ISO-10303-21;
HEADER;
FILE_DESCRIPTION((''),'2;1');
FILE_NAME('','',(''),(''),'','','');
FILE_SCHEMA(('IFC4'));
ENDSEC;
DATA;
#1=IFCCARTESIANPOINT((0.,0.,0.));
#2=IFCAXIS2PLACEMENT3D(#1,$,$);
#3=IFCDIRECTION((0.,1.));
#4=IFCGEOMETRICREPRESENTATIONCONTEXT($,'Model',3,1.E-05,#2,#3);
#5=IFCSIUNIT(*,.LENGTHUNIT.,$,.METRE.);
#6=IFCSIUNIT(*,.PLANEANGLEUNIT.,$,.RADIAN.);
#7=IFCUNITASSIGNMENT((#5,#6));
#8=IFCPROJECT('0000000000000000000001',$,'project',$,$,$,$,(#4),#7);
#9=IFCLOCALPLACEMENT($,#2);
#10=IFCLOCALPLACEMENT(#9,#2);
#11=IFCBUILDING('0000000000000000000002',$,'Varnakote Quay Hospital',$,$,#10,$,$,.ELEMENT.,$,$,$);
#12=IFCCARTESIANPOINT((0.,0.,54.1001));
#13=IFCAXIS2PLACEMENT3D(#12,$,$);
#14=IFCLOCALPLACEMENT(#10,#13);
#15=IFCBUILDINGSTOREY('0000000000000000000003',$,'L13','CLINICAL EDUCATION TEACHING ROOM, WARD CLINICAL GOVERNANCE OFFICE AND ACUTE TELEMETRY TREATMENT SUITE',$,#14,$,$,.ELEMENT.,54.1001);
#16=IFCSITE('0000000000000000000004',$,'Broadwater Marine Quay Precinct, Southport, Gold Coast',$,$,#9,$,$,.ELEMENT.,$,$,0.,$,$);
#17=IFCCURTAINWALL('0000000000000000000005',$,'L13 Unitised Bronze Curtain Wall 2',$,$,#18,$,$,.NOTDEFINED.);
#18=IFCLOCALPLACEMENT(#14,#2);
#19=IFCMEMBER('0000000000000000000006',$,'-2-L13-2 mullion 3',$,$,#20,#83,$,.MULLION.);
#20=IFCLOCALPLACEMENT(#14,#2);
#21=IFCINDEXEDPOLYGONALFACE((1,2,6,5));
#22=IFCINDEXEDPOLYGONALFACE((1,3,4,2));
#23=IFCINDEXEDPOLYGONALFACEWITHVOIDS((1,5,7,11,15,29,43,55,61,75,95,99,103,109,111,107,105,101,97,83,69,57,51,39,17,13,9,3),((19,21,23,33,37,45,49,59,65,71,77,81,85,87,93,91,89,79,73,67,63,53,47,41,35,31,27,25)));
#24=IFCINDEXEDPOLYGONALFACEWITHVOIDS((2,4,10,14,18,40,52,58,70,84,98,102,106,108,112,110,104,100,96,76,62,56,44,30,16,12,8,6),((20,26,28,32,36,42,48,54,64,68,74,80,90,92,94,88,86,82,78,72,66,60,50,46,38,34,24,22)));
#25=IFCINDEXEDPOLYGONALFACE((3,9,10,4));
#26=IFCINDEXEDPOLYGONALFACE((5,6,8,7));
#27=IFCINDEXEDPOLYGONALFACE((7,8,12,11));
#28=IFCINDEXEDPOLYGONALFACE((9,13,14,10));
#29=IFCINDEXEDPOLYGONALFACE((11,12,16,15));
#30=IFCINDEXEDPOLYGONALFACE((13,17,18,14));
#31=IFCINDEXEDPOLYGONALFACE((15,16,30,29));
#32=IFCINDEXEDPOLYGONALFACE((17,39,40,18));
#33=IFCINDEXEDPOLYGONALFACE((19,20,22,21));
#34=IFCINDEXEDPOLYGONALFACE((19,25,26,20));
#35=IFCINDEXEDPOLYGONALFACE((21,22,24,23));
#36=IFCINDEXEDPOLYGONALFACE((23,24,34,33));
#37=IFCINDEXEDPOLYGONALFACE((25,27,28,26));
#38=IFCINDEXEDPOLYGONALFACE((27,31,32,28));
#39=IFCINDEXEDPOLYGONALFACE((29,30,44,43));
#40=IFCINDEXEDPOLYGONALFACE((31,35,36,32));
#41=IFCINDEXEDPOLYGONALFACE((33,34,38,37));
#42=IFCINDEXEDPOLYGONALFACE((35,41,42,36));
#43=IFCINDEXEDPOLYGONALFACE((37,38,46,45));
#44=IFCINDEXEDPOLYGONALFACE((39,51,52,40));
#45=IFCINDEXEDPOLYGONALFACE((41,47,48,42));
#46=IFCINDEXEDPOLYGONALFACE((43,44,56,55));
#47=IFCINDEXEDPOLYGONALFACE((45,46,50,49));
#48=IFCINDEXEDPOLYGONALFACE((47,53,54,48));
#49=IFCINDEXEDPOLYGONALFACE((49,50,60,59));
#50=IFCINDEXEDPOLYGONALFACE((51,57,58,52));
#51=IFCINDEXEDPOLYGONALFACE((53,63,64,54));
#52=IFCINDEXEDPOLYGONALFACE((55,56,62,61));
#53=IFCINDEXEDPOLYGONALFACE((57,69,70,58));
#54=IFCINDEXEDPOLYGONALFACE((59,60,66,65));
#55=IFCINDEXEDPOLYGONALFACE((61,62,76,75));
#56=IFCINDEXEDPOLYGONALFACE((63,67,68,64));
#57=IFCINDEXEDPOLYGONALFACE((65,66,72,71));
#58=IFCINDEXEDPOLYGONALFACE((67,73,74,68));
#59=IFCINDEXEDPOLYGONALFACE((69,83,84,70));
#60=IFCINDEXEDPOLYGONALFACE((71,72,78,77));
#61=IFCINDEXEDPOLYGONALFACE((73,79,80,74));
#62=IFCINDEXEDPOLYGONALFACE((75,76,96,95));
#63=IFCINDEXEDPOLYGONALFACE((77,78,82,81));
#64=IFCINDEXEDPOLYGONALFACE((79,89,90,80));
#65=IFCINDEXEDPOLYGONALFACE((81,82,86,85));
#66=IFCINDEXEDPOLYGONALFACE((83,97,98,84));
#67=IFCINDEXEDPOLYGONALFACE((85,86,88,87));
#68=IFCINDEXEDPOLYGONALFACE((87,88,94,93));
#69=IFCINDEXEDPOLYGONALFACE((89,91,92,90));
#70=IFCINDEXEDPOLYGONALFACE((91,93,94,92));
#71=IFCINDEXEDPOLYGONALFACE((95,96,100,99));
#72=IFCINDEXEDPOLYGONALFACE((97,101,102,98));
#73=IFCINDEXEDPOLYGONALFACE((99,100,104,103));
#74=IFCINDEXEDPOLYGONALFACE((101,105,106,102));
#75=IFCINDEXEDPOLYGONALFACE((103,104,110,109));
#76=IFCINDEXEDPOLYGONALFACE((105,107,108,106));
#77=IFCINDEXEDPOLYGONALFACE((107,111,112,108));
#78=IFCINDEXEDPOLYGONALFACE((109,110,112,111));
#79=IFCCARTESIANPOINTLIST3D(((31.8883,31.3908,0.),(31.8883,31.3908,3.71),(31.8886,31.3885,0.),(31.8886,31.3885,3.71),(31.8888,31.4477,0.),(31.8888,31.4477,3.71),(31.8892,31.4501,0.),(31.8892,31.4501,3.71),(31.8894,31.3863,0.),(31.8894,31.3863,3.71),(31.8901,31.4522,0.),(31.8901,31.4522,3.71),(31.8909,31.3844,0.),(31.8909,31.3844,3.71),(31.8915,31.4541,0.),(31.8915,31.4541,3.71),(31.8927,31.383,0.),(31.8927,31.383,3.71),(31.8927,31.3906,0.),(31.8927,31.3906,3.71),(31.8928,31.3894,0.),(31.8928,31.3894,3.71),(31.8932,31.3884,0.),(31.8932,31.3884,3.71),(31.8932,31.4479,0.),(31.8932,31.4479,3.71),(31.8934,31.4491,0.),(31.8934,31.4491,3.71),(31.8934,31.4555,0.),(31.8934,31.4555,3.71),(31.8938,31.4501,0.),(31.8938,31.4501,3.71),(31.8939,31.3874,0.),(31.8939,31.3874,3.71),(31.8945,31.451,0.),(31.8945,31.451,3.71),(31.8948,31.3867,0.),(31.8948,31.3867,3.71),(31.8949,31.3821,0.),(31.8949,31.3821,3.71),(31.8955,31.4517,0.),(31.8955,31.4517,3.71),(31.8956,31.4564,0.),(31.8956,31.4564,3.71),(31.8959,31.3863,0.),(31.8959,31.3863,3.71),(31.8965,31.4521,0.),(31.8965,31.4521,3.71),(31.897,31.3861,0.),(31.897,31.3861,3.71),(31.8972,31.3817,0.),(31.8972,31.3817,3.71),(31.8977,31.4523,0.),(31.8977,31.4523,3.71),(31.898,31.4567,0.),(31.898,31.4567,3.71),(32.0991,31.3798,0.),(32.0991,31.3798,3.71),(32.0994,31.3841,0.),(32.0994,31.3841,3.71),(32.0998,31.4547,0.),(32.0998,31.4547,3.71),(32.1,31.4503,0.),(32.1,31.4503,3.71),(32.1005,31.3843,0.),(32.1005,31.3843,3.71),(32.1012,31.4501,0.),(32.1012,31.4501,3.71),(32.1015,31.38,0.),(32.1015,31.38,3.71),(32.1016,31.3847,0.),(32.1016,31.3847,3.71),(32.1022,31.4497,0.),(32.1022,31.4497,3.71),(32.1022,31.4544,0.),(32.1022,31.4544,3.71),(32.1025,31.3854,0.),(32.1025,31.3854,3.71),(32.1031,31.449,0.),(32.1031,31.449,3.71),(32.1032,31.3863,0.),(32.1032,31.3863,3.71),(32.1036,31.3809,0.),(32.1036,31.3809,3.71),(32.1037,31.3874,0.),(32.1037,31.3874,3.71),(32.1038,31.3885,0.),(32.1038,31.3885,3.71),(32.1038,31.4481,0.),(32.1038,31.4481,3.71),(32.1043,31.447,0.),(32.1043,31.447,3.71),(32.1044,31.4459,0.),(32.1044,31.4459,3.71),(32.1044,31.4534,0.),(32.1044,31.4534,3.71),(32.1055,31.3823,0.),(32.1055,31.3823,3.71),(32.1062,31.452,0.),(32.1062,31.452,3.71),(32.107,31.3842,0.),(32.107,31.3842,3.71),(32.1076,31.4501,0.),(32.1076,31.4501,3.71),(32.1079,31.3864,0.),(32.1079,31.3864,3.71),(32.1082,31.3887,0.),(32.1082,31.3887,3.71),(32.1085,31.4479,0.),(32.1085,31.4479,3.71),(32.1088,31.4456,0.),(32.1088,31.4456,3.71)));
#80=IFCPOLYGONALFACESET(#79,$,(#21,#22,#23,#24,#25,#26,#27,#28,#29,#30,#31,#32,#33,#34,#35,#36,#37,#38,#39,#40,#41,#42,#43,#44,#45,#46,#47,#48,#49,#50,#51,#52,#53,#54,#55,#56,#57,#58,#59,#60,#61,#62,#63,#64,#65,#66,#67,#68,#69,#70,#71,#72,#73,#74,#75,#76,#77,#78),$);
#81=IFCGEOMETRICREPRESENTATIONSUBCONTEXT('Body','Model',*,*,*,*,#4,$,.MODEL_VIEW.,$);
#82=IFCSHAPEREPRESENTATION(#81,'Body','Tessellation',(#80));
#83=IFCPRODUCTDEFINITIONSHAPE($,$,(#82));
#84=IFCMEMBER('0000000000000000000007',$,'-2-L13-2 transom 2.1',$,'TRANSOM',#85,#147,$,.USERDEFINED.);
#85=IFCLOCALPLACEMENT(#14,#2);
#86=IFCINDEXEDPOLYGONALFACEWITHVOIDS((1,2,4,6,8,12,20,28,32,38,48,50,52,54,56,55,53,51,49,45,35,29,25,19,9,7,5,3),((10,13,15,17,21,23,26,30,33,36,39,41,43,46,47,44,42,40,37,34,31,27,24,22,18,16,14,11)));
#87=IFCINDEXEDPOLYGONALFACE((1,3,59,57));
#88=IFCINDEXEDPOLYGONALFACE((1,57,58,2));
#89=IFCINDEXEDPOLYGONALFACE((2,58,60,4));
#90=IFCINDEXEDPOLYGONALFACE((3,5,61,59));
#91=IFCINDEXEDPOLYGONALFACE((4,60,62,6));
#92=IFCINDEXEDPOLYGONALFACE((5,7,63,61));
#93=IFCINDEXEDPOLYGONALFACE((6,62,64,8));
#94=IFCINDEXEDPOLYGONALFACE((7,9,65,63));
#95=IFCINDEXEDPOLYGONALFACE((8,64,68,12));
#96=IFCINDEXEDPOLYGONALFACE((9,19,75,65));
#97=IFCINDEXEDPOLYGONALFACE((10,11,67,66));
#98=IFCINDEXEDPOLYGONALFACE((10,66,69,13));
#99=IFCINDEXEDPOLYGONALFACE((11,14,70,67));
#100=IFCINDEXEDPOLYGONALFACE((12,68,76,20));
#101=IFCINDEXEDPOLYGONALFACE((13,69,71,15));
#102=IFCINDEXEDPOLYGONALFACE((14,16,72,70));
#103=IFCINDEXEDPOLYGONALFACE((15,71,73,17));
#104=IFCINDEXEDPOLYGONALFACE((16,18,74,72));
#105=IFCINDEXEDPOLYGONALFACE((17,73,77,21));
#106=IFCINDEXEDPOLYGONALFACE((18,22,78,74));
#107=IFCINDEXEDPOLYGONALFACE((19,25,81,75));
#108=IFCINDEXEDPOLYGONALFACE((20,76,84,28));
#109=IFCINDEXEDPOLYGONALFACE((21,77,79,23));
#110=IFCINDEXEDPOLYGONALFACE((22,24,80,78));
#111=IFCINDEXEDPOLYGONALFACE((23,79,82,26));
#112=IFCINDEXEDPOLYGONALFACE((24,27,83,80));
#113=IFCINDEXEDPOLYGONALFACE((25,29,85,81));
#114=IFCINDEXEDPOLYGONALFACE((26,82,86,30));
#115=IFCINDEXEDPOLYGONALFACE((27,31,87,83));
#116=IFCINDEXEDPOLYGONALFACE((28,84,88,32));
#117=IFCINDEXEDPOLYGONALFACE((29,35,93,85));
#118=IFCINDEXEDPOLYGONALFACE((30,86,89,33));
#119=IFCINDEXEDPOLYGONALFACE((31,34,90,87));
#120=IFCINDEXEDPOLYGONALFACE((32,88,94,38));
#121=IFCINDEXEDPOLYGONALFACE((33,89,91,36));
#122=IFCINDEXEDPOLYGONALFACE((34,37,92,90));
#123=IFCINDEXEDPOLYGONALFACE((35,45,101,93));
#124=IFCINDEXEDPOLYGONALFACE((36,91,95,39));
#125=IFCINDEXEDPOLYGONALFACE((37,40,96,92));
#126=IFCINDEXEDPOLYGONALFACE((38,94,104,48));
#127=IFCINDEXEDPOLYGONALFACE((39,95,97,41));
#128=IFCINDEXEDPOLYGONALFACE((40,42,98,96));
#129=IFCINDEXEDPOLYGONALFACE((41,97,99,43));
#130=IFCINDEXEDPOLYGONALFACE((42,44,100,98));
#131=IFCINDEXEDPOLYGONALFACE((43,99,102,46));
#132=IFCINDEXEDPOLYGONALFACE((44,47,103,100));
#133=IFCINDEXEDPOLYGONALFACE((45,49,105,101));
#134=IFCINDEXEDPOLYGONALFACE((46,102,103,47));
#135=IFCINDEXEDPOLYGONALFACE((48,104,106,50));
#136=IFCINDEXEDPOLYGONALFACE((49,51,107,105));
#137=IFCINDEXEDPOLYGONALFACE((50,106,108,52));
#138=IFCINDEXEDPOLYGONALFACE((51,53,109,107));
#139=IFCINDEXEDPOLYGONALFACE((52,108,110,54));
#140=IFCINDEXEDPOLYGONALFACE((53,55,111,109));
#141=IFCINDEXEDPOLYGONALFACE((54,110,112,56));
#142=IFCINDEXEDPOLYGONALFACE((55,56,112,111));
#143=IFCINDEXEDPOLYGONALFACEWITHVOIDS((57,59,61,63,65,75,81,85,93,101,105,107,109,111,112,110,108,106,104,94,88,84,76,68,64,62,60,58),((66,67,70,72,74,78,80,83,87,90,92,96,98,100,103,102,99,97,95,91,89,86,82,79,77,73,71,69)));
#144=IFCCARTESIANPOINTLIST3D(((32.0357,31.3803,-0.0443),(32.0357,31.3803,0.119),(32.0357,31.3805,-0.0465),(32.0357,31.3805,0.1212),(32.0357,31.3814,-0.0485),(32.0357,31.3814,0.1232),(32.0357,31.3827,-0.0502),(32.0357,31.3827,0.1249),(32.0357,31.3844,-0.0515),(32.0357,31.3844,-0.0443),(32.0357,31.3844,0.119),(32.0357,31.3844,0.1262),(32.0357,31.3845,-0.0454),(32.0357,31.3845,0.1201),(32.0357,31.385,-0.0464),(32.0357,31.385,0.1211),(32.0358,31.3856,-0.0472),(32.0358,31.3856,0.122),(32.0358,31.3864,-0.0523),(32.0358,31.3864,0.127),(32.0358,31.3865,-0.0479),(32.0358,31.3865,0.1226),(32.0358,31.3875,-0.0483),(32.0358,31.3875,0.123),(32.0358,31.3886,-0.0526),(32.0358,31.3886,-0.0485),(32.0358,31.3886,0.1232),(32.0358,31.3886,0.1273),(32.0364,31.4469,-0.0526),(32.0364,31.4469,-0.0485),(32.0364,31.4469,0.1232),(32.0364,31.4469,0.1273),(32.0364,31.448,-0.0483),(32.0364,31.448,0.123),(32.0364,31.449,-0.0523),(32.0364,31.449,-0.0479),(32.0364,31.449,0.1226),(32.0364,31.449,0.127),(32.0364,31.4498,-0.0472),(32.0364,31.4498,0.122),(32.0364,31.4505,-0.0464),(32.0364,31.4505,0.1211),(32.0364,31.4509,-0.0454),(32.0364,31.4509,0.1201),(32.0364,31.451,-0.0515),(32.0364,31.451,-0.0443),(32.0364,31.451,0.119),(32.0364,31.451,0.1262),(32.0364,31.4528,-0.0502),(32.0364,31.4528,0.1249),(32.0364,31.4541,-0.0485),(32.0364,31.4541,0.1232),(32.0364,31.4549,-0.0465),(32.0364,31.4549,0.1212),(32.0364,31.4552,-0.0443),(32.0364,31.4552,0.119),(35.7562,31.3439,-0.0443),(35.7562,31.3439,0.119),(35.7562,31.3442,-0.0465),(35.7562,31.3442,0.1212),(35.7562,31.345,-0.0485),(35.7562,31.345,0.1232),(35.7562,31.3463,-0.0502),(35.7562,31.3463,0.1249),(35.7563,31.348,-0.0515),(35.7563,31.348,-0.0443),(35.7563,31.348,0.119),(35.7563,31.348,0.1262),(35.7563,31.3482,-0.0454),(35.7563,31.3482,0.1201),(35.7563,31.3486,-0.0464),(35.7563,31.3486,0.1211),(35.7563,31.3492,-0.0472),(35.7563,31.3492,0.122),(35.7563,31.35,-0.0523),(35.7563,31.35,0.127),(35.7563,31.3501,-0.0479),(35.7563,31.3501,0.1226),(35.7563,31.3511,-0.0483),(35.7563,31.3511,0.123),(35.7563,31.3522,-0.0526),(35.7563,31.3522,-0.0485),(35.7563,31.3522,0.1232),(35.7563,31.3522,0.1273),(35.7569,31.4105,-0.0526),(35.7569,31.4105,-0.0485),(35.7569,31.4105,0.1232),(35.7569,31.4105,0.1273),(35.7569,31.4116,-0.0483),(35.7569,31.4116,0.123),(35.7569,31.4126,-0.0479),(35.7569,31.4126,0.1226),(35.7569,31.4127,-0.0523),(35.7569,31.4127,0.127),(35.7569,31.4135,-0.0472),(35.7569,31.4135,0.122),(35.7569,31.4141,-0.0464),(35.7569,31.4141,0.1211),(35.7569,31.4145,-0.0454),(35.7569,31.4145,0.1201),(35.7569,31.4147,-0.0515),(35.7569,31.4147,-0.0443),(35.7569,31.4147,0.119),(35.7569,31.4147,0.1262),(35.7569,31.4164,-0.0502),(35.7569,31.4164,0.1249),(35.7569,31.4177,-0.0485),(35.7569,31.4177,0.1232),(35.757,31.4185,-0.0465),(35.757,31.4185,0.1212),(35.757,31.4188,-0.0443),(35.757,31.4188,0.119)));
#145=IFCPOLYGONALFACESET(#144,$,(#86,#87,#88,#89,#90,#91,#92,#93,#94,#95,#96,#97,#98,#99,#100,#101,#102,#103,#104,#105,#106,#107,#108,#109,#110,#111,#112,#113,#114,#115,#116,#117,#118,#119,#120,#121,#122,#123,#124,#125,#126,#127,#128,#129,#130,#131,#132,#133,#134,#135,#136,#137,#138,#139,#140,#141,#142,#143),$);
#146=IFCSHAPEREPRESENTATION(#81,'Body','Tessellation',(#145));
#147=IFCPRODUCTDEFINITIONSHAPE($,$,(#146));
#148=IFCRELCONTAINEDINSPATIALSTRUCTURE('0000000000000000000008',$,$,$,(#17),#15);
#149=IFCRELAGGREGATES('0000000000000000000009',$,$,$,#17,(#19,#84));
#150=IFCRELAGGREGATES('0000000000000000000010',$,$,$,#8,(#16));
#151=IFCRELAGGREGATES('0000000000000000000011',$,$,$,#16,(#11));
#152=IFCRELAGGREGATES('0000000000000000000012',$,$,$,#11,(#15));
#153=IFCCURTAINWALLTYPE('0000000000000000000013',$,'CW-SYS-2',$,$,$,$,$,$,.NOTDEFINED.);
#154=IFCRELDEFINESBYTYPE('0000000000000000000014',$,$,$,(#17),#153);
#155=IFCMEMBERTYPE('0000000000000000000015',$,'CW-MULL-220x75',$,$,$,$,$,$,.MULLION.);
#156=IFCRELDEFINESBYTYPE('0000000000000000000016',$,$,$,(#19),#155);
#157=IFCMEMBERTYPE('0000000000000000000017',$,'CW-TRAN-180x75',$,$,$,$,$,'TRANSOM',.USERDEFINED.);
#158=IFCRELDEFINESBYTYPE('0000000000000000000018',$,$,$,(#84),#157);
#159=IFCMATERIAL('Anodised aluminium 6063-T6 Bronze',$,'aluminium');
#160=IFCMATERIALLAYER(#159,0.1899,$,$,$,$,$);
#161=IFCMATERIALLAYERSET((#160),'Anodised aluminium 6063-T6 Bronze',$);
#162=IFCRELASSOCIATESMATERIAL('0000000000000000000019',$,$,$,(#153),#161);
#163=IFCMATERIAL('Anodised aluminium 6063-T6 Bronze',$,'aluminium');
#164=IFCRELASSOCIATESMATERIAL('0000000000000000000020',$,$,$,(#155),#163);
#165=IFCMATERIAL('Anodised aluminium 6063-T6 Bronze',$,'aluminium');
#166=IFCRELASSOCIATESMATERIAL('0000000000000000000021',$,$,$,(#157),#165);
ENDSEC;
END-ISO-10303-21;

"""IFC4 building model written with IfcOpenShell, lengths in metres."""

from ifc_helpers import new_model, si_unit, direction, frame, origin, origin_2d, place, context, subcontext, project, spatial, hollow_rectangle, extrude, material, layer, layer_set, material_profile, profile_set, type_object, element, aggregate, save


model = new_model("IFC4")

# Units and contexts
model_context = context("Model", 3, precision=1e-05, world=origin(), true_north=direction((0.0, 1.0)))
body_context = subcontext(model_context, "Body", "Model", "MODEL_VIEW")
ifc_project = project(units=[si_unit("LENGTHUNIT", "METRE"), si_unit("PLANEANGLEUNIT", "RADIAN")], contexts=[model_context])

# Site, building, storey
site_placement = place(None, origin())
site = spatial("IfcSite", under=ifc_project, at=site_placement, Name="Broadwater Marine Quay Precinct, Southport, Gold Coast", CompositionType="ELEMENT", RefElevation=0.0)
building_placement = place(site_placement, origin())
building = spatial("IfcBuilding", under=site, at=building_placement, Name="Varnakote Quay Hospital", CompositionType="ELEMENT")
storey_placement = place(building_placement, frame((0.0, 0.0, 54.1001)))
storey = spatial("IfcBuildingStorey", under=building, at=storey_placement, Name="L13", Description="CLINICAL EDUCATION TEACHING ROOM, WARD CLINICAL GOVERNANCE OFFICE AND ACUTE TELEMETRY TREATMENT SUITE", CompositionType="ELEMENT", Elevation=54.1001)

# Shared definitions
ifc_material_1 = material(Name="Anodised aluminium 6063-T6 Bronze", Category="aluminium")
ifc_layer_1 = layer(ifc_material_1, 0.1899)
ifc_layer_set_1 = layer_set([ifc_layer_1], Name="Anodised aluminium 6063-T6 Bronze")
curtain_wall_type = type_object("IfcCurtainWallType", Name="CW-SYS-2", PredefinedType="NOTDEFINED", material=ifc_layer_set_1)
ifc_material_2 = material(Name="Anodised aluminium 6063-T6 Bronze", Category="aluminium")
ifc_material_profile_1 = material_profile(ifc_material_2, hollow_rectangle(XDim=0.075, YDim=0.22, WallThickness=0.0044, InnerFilletRadius=0.0044, OuterFilletRadius=0.009, at=origin_2d()), Name="CW-MULL-220x75")
ifc_profile_set_1 = profile_set([ifc_material_profile_1], Name="Anodised aluminium 6063-T6 Bronze")
member_type_1 = type_object("IfcMemberType", Name="CW-MULL-220x75", PredefinedType="MULLION", material=ifc_profile_set_1)

# Curtain wall, members
curtain_wall_1_placement = place(storey_placement, origin())
curtain_wall_1 = element("IfcCurtainWall", 1, at=curtain_wall_1_placement, inside=storey, type_object=curtain_wall_type, Name="L13 Unitised Bronze Curtain Wall 2", PredefinedType="NOTDEFINED")
member_1_placement = place(storey_placement, frame((31.9985, 31.4182, 0.0), z_axis=(0.0, 0.0, 1.0), x_axis=(-0.009774, -0.999952, 0.0)))
member_1 = element("IfcMember", 2, at=member_1_placement, type_object=member_type_1, Name="-2-L13-2 mullion 3", PredefinedType="MULLION", context=body_context, shape_type="SweptSolid", body=[
    extrude(hollow_rectangle(XDim=0.075, YDim=0.22, WallThickness=0.0044, InnerFilletRadius=0.0044, OuterFilletRadius=0.009, at=origin_2d()), origin(), (0.0, 0.0, 1.0), 3.71),
])
ifc_material_3 = material(Name="Anodised aluminium 6063-T6 Bronze", Category="aluminium")
ifc_material_profile_2 = material_profile(ifc_material_3, hollow_rectangle(XDim=0.075, YDim=0.1799, WallThickness=0.0042, InnerFilletRadius=0.0042, OuterFilletRadius=0.0083, at=origin_2d()), Name="CW-TRAN-180x75")
ifc_profile_set_2 = profile_set([ifc_material_profile_2], Name="Anodised aluminium 6063-T6 Bronze")
member_type_2 = type_object("IfcMemberType", Name="CW-TRAN-180x75", ElementType="TRANSOM", PredefinedType="USERDEFINED", material=ifc_profile_set_2)
member_2_placement = place(storey_placement, frame((35.7566, 31.3813, 0.0374), z_axis=(-0.999952, 0.009777, 0.0), x_axis=(-0.009777, -0.999952, 0.0)))
member_2 = element("IfcMember", 3, at=member_2_placement, type_object=member_type_2, Name="-2-L13-2 transom 2.1", ObjectType="TRANSOM", PredefinedType="USERDEFINED", context=body_context, shape_type="SweptSolid", body=[
    extrude(hollow_rectangle(XDim=0.075, YDim=0.1799, WallThickness=0.0042, InnerFilletRadius=0.0042, OuterFilletRadius=0.0083, at=origin_2d()), origin(), (0.0, 0.0, 1.0), 3.7207),
])

aggregate(curtain_wall_1, [member_1, member_2])

save(model, "model.ifc")
